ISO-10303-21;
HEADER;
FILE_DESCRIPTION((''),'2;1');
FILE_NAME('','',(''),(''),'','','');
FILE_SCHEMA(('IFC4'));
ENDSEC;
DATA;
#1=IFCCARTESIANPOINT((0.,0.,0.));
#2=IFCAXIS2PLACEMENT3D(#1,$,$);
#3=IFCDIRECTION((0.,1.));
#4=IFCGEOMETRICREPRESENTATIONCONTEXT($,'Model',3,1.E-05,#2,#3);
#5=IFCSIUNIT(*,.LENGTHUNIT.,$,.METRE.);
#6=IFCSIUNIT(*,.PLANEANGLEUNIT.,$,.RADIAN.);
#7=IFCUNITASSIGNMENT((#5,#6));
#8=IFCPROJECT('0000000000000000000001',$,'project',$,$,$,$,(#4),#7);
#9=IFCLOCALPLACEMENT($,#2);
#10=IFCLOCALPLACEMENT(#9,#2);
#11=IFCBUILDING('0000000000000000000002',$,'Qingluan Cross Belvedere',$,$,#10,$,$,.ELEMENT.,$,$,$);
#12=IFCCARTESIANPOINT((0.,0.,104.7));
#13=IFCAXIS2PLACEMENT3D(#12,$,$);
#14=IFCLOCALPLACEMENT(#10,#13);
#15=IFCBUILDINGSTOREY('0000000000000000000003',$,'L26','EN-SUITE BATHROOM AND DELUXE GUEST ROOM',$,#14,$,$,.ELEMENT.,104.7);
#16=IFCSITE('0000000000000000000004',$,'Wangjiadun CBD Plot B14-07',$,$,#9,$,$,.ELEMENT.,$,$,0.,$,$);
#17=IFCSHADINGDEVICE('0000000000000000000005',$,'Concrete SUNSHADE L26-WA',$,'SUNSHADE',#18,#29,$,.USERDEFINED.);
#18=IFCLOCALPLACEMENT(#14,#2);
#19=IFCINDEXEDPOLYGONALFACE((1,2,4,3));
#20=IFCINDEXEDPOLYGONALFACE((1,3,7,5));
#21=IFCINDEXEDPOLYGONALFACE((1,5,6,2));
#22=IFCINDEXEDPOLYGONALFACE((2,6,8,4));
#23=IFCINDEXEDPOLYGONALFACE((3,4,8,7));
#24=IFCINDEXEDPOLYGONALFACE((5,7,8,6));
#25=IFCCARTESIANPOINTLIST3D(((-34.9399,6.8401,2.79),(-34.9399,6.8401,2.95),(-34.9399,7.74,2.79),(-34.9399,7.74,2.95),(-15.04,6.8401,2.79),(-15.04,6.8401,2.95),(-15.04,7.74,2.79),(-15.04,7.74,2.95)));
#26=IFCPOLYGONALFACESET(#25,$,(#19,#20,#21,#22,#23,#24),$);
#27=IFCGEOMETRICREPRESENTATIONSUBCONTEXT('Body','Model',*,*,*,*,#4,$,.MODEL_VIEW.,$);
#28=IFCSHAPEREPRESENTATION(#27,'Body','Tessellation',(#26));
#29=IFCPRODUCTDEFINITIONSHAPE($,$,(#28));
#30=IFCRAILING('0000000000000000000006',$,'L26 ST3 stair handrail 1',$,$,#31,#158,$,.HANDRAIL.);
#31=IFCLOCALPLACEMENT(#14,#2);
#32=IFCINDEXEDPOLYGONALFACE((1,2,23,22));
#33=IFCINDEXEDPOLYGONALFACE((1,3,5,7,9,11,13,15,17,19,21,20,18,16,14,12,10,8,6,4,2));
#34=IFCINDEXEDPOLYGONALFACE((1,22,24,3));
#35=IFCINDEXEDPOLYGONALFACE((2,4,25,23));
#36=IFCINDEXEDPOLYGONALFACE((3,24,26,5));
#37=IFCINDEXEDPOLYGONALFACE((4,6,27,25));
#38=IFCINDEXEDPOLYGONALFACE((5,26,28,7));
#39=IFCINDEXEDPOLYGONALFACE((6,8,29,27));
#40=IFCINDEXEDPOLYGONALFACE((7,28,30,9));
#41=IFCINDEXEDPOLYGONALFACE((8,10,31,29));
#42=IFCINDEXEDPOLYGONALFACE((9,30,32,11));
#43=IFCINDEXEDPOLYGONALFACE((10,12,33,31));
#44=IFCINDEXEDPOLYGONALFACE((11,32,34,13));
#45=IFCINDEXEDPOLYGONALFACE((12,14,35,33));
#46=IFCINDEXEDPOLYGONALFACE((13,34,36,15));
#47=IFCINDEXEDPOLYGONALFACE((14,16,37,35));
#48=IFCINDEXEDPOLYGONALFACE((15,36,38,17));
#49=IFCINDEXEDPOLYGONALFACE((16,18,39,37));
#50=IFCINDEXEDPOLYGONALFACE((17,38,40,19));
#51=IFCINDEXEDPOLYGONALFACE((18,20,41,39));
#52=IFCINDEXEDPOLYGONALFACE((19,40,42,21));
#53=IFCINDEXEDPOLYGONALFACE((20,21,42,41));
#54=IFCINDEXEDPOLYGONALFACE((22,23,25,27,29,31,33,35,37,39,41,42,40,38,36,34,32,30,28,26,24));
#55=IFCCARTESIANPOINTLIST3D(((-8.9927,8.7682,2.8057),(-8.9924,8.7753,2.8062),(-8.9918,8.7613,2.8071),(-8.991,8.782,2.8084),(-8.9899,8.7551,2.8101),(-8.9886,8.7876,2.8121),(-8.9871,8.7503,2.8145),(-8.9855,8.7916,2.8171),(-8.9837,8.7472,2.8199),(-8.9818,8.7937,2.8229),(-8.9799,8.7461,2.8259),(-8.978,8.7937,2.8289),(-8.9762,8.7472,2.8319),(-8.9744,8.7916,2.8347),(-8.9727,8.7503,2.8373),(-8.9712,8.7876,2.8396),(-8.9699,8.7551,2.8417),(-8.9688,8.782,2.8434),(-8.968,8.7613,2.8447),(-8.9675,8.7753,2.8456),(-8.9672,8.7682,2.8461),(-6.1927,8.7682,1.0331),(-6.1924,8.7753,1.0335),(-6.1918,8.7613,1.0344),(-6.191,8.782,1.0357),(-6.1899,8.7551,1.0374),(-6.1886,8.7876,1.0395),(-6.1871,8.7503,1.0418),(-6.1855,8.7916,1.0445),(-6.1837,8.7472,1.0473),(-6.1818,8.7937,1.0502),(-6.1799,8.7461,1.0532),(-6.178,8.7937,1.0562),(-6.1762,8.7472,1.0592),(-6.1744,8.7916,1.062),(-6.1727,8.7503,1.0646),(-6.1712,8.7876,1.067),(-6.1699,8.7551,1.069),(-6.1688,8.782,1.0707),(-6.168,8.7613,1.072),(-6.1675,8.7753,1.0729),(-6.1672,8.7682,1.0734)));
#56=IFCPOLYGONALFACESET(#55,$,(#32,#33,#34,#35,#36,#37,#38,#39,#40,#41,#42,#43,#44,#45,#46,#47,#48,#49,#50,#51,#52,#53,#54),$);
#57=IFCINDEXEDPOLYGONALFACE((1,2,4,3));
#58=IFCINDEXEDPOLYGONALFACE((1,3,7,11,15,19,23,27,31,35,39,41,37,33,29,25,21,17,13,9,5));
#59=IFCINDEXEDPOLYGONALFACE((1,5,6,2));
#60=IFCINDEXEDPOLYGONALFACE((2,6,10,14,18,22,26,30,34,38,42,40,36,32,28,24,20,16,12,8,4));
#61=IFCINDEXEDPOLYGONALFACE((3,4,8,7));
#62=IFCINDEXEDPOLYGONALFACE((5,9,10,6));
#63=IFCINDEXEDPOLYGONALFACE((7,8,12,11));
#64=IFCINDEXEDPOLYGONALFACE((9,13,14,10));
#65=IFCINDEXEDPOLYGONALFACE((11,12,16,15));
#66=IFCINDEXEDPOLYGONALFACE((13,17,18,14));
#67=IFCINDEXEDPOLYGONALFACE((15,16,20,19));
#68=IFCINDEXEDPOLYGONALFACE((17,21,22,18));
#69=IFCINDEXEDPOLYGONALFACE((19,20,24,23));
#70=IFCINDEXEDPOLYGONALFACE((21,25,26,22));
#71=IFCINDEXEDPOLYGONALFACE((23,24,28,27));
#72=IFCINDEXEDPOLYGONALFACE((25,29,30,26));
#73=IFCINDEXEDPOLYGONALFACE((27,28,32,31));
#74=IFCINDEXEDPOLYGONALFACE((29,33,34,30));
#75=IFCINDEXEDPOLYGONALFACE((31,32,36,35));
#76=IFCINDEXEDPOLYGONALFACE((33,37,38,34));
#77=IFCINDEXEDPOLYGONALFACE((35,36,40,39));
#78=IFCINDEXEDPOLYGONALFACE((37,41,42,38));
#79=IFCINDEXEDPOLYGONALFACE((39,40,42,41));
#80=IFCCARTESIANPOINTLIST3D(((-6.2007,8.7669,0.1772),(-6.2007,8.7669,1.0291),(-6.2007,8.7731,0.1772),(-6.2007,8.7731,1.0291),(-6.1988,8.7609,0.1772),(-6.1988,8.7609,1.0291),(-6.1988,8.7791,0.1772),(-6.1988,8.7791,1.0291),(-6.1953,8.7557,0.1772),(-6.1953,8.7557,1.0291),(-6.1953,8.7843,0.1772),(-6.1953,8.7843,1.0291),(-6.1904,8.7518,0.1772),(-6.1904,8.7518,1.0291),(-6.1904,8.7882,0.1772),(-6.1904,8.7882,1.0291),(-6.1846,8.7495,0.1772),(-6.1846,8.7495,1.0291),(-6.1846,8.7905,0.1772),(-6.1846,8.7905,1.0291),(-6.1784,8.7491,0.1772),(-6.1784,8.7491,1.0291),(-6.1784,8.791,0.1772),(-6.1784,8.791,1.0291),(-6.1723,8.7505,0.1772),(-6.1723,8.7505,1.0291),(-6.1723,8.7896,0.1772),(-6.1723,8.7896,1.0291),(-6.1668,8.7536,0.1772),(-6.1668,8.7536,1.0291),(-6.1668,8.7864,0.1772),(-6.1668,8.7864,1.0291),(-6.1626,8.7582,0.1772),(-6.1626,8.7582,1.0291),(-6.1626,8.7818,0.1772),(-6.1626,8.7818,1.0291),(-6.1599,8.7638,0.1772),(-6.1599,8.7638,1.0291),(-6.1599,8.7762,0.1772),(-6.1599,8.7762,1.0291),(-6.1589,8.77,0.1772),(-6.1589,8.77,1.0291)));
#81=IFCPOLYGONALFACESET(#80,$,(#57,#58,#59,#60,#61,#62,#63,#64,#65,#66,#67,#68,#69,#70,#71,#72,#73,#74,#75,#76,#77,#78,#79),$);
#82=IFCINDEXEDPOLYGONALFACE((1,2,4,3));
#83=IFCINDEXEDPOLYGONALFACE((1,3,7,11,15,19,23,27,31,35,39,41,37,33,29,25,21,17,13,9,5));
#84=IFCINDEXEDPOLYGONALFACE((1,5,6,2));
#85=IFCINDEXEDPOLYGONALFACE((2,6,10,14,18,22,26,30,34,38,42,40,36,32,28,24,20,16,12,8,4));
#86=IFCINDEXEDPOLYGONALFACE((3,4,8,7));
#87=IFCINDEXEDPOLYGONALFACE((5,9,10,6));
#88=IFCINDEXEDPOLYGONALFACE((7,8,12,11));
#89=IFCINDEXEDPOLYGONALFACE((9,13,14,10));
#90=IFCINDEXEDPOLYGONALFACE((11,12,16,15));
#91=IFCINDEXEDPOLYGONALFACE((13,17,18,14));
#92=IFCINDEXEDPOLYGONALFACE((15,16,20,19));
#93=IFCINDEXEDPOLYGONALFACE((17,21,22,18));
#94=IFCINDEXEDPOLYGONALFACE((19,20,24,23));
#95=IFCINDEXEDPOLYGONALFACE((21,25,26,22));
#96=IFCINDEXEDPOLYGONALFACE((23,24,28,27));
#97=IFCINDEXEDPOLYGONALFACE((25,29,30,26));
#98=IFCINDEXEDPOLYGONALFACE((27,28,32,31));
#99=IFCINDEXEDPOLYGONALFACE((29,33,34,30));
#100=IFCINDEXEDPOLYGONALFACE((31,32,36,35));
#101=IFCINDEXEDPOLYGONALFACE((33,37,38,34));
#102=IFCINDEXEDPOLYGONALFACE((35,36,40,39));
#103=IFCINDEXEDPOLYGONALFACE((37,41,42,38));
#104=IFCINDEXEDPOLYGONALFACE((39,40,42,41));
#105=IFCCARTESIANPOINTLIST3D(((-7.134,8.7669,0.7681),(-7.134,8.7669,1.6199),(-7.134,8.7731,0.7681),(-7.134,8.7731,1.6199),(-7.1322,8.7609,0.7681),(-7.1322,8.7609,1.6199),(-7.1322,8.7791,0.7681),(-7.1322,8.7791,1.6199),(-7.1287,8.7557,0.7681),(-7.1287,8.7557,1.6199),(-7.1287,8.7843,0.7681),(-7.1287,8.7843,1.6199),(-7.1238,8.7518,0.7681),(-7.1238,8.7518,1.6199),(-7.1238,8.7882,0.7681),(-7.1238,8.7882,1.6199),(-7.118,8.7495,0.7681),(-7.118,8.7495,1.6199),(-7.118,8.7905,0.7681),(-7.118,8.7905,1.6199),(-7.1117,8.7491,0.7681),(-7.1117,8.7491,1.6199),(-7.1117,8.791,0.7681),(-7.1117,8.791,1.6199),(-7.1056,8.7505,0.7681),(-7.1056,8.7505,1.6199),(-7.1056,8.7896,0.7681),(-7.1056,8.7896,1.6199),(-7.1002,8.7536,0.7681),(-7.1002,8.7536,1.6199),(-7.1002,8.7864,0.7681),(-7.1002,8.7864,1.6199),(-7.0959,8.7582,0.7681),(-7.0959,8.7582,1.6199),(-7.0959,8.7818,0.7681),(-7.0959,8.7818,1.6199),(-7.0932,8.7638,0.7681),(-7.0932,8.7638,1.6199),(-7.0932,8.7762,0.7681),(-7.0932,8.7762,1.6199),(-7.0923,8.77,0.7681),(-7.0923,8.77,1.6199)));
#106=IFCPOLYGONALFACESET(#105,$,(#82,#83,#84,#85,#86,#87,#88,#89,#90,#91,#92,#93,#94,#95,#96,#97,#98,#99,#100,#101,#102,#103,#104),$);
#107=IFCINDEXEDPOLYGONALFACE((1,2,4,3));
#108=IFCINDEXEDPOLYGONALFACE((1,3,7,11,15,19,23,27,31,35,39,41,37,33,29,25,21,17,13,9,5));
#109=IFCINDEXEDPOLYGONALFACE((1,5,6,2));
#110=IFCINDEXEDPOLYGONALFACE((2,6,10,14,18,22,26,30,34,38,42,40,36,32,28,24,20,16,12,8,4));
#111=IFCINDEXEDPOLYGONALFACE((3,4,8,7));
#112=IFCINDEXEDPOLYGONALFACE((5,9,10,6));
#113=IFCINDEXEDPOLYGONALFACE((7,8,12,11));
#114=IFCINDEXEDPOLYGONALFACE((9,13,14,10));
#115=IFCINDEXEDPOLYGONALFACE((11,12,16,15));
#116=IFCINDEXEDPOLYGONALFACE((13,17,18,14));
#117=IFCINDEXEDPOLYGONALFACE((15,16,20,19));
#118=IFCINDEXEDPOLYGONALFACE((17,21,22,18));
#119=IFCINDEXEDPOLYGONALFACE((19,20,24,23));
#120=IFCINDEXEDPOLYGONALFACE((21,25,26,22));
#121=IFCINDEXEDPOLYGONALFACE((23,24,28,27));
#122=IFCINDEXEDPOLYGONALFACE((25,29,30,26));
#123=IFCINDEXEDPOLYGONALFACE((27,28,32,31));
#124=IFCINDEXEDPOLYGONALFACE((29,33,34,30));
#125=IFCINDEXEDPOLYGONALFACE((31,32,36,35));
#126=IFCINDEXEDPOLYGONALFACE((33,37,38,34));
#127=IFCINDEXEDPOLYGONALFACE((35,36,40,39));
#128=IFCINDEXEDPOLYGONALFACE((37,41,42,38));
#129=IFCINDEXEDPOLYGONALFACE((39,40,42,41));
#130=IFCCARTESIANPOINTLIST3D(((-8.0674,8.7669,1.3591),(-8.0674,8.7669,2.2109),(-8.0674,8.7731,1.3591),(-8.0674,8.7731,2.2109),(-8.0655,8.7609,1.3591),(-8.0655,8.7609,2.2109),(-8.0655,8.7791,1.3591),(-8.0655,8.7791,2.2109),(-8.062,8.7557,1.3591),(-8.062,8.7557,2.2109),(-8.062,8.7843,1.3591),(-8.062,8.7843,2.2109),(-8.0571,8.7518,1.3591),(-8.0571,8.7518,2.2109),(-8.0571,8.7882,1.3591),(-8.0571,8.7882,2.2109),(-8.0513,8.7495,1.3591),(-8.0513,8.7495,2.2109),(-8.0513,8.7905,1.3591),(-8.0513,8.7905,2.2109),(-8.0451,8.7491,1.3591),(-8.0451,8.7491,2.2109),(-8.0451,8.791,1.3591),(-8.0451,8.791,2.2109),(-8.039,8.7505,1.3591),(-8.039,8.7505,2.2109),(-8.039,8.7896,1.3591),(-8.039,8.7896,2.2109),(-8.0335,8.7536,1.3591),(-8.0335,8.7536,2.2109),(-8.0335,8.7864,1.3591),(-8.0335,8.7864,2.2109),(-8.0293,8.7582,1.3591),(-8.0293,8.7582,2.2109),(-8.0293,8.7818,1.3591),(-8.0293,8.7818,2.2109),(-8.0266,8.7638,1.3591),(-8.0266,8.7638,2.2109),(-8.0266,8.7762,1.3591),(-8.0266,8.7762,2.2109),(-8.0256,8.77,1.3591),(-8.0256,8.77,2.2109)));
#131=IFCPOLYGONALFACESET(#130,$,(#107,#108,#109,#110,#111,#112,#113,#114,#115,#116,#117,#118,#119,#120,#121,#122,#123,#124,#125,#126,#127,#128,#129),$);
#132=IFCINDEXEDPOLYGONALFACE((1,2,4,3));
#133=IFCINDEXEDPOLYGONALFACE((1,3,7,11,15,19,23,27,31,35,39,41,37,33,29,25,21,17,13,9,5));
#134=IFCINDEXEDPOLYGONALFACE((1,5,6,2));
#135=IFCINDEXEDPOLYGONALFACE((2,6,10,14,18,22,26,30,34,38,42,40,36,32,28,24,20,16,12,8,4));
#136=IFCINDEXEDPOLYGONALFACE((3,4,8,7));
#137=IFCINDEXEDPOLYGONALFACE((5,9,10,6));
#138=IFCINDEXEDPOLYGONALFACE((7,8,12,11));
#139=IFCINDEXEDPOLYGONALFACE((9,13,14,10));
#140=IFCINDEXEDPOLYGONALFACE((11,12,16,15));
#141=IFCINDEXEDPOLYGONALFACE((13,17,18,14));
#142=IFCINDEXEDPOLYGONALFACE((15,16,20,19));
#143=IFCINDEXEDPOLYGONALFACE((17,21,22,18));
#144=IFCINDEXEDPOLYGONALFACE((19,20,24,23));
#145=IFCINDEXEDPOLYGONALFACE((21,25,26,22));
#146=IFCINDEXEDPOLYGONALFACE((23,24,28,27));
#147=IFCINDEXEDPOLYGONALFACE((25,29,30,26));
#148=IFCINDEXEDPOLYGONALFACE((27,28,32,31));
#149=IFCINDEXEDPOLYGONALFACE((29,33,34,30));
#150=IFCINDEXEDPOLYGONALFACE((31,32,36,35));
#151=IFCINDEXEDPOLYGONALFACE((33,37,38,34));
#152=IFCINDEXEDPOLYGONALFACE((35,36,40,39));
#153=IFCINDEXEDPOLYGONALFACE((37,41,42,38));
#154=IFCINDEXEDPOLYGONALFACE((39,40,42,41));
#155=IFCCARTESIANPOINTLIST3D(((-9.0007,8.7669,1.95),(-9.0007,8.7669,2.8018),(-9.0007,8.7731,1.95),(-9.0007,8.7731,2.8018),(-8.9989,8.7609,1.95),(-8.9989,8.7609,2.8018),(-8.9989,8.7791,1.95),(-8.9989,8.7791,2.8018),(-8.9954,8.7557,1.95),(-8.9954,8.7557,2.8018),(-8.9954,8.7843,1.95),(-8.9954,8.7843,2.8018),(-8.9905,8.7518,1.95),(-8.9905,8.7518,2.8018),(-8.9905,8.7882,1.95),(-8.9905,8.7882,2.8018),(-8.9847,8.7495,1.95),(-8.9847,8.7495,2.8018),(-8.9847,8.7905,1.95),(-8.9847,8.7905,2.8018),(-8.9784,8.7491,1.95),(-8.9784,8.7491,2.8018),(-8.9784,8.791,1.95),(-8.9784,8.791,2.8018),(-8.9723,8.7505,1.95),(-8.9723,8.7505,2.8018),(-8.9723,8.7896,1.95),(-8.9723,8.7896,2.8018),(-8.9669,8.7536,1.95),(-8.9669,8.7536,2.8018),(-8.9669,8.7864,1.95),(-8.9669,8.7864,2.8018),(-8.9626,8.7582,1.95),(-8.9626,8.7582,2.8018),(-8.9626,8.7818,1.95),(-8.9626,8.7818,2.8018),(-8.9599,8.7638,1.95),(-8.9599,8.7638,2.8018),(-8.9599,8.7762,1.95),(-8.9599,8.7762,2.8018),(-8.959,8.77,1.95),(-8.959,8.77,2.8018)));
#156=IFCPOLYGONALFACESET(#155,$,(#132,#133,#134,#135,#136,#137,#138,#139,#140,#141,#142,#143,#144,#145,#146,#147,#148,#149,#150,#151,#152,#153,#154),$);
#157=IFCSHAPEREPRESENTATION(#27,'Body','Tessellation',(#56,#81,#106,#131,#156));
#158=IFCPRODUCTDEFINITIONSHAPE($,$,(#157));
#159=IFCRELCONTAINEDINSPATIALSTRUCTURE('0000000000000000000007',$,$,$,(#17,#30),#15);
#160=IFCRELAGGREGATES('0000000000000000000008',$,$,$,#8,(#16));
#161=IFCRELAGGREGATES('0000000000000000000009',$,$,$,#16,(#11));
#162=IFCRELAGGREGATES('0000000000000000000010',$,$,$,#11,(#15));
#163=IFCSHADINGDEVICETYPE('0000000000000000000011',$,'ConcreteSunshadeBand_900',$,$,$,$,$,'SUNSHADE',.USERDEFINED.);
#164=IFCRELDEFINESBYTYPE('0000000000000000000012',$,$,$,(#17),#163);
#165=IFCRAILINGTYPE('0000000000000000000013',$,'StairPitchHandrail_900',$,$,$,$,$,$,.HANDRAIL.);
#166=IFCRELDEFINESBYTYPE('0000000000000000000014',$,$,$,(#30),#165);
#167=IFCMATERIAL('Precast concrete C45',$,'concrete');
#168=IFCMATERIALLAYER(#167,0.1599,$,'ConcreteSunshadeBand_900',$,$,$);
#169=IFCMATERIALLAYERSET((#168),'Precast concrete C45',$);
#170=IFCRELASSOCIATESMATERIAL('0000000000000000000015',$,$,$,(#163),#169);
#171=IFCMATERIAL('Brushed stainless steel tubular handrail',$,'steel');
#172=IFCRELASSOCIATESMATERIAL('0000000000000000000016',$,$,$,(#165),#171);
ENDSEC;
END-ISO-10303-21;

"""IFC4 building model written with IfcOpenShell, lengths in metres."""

from ifc_helpers import new_model, si_unit, direction, frame, origin, origin_2d, place, context, subcontext, project, spatial, rectangle, circle, extrude, material, layer, layer_set, type_object, element, save


model = new_model("IFC4")

# Units and contexts
model_context = context("Model", 3, precision=1e-05, world=origin(), true_north=direction((0.0, 1.0)))
body_context = subcontext(model_context, "Body", "Model", "MODEL_VIEW")
ifc_project = project(units=[si_unit("LENGTHUNIT", "METRE"), si_unit("PLANEANGLEUNIT", "RADIAN")], contexts=[model_context])

# Site, building, storey
site_placement = place(None, origin())
site = spatial("IfcSite", under=ifc_project, at=site_placement, Name="Wangjiadun CBD Plot B14-07", CompositionType="ELEMENT", RefElevation=0.0)
building_placement = place(site_placement, origin())
building = spatial("IfcBuilding", under=site, at=building_placement, Name="Qingluan Cross Belvedere", CompositionType="ELEMENT")
storey_placement = place(building_placement, frame((0.0, 0.0, 104.7)))
storey = spatial("IfcBuildingStorey", under=building, at=storey_placement, Name="L26", Description="EN-SUITE BATHROOM AND DELUXE GUEST ROOM", CompositionType="ELEMENT", Elevation=104.7)

# Shading device
ifc_material_1 = material(Name="Precast concrete C45", Category="concrete")
ifc_layer_1 = layer(ifc_material_1, 0.1599, Name="ConcreteSunshadeBand_900")
ifc_layer_set_1 = layer_set([ifc_layer_1], Name="Precast concrete C45")
shading_device_type = type_object("IfcShadingDeviceType", Name="ConcreteSunshadeBand_900", ElementType="SUNSHADE", PredefinedType="USERDEFINED", material=ifc_layer_set_1)
shading_device_placement = place(storey_placement, frame((-24.99, 7.29, 2.79), z_axis=(0.0, 0.0, 1.0), x_axis=(-1.0, 0.0, 0.0)))
element("IfcShadingDevice", 1, at=shading_device_placement, inside=storey, type_object=shading_device_type, Name="Concrete SUNSHADE L26-WA", ObjectType="SUNSHADE", PredefinedType="USERDEFINED", context=body_context, shape_type="SweptSolid", body=[
    extrude(rectangle(XDim=19.8999, YDim=0.8999, at=origin_2d()), origin(), (0.0, 0.0, 1.0), 0.1599),
])

# Railing
ifc_material_2 = material(Name="Brushed stainless steel tubular handrail", Category="steel")
railing_type_1 = type_object("IfcRailingType", Name="StairPitchHandrail_900", PredefinedType="HANDRAIL", material=ifc_material_2)
railing_1_placement = place(storey_placement, frame((-6.1799, 8.77, 0.1772)))
element("IfcRailing", 2, at=railing_1_placement, inside=storey, type_object=railing_type_1, Name="L26 ST3 stair handrail 1", PredefinedType="HANDRAIL", context=body_context, shape_type="SweptSolid", body=[
    extrude(circle(Radius=0.0239, at=origin_2d()), frame((0.0, 0.0, 0.876), z_axis=(-0.844909, 0.0, 0.53491), x_axis=(0.0, -1.0, 0.0)), (0.0, 0.0, 1.0), 3.314),
    extrude(circle(Radius=0.021, at=origin_2d()), origin(), (0.0, 0.0, 1.0), 0.8518),
    extrude(circle(Radius=0.021, at=origin_2d()), frame((-0.9333, 0.0, 0.5908)), (0.0, 0.0, 1.0), 0.8518),
    extrude(circle(Radius=0.021, at=origin_2d()), frame((-1.8667, 0.0, 1.1819)), (0.0, 0.0, 1.0), 0.8518),
    extrude(circle(Radius=0.021, at=origin_2d()), frame((-2.8, 0.0, 1.7727)), (0.0, 0.0, 1.0), 0.8518),
])

save(model, "model.ifc")
